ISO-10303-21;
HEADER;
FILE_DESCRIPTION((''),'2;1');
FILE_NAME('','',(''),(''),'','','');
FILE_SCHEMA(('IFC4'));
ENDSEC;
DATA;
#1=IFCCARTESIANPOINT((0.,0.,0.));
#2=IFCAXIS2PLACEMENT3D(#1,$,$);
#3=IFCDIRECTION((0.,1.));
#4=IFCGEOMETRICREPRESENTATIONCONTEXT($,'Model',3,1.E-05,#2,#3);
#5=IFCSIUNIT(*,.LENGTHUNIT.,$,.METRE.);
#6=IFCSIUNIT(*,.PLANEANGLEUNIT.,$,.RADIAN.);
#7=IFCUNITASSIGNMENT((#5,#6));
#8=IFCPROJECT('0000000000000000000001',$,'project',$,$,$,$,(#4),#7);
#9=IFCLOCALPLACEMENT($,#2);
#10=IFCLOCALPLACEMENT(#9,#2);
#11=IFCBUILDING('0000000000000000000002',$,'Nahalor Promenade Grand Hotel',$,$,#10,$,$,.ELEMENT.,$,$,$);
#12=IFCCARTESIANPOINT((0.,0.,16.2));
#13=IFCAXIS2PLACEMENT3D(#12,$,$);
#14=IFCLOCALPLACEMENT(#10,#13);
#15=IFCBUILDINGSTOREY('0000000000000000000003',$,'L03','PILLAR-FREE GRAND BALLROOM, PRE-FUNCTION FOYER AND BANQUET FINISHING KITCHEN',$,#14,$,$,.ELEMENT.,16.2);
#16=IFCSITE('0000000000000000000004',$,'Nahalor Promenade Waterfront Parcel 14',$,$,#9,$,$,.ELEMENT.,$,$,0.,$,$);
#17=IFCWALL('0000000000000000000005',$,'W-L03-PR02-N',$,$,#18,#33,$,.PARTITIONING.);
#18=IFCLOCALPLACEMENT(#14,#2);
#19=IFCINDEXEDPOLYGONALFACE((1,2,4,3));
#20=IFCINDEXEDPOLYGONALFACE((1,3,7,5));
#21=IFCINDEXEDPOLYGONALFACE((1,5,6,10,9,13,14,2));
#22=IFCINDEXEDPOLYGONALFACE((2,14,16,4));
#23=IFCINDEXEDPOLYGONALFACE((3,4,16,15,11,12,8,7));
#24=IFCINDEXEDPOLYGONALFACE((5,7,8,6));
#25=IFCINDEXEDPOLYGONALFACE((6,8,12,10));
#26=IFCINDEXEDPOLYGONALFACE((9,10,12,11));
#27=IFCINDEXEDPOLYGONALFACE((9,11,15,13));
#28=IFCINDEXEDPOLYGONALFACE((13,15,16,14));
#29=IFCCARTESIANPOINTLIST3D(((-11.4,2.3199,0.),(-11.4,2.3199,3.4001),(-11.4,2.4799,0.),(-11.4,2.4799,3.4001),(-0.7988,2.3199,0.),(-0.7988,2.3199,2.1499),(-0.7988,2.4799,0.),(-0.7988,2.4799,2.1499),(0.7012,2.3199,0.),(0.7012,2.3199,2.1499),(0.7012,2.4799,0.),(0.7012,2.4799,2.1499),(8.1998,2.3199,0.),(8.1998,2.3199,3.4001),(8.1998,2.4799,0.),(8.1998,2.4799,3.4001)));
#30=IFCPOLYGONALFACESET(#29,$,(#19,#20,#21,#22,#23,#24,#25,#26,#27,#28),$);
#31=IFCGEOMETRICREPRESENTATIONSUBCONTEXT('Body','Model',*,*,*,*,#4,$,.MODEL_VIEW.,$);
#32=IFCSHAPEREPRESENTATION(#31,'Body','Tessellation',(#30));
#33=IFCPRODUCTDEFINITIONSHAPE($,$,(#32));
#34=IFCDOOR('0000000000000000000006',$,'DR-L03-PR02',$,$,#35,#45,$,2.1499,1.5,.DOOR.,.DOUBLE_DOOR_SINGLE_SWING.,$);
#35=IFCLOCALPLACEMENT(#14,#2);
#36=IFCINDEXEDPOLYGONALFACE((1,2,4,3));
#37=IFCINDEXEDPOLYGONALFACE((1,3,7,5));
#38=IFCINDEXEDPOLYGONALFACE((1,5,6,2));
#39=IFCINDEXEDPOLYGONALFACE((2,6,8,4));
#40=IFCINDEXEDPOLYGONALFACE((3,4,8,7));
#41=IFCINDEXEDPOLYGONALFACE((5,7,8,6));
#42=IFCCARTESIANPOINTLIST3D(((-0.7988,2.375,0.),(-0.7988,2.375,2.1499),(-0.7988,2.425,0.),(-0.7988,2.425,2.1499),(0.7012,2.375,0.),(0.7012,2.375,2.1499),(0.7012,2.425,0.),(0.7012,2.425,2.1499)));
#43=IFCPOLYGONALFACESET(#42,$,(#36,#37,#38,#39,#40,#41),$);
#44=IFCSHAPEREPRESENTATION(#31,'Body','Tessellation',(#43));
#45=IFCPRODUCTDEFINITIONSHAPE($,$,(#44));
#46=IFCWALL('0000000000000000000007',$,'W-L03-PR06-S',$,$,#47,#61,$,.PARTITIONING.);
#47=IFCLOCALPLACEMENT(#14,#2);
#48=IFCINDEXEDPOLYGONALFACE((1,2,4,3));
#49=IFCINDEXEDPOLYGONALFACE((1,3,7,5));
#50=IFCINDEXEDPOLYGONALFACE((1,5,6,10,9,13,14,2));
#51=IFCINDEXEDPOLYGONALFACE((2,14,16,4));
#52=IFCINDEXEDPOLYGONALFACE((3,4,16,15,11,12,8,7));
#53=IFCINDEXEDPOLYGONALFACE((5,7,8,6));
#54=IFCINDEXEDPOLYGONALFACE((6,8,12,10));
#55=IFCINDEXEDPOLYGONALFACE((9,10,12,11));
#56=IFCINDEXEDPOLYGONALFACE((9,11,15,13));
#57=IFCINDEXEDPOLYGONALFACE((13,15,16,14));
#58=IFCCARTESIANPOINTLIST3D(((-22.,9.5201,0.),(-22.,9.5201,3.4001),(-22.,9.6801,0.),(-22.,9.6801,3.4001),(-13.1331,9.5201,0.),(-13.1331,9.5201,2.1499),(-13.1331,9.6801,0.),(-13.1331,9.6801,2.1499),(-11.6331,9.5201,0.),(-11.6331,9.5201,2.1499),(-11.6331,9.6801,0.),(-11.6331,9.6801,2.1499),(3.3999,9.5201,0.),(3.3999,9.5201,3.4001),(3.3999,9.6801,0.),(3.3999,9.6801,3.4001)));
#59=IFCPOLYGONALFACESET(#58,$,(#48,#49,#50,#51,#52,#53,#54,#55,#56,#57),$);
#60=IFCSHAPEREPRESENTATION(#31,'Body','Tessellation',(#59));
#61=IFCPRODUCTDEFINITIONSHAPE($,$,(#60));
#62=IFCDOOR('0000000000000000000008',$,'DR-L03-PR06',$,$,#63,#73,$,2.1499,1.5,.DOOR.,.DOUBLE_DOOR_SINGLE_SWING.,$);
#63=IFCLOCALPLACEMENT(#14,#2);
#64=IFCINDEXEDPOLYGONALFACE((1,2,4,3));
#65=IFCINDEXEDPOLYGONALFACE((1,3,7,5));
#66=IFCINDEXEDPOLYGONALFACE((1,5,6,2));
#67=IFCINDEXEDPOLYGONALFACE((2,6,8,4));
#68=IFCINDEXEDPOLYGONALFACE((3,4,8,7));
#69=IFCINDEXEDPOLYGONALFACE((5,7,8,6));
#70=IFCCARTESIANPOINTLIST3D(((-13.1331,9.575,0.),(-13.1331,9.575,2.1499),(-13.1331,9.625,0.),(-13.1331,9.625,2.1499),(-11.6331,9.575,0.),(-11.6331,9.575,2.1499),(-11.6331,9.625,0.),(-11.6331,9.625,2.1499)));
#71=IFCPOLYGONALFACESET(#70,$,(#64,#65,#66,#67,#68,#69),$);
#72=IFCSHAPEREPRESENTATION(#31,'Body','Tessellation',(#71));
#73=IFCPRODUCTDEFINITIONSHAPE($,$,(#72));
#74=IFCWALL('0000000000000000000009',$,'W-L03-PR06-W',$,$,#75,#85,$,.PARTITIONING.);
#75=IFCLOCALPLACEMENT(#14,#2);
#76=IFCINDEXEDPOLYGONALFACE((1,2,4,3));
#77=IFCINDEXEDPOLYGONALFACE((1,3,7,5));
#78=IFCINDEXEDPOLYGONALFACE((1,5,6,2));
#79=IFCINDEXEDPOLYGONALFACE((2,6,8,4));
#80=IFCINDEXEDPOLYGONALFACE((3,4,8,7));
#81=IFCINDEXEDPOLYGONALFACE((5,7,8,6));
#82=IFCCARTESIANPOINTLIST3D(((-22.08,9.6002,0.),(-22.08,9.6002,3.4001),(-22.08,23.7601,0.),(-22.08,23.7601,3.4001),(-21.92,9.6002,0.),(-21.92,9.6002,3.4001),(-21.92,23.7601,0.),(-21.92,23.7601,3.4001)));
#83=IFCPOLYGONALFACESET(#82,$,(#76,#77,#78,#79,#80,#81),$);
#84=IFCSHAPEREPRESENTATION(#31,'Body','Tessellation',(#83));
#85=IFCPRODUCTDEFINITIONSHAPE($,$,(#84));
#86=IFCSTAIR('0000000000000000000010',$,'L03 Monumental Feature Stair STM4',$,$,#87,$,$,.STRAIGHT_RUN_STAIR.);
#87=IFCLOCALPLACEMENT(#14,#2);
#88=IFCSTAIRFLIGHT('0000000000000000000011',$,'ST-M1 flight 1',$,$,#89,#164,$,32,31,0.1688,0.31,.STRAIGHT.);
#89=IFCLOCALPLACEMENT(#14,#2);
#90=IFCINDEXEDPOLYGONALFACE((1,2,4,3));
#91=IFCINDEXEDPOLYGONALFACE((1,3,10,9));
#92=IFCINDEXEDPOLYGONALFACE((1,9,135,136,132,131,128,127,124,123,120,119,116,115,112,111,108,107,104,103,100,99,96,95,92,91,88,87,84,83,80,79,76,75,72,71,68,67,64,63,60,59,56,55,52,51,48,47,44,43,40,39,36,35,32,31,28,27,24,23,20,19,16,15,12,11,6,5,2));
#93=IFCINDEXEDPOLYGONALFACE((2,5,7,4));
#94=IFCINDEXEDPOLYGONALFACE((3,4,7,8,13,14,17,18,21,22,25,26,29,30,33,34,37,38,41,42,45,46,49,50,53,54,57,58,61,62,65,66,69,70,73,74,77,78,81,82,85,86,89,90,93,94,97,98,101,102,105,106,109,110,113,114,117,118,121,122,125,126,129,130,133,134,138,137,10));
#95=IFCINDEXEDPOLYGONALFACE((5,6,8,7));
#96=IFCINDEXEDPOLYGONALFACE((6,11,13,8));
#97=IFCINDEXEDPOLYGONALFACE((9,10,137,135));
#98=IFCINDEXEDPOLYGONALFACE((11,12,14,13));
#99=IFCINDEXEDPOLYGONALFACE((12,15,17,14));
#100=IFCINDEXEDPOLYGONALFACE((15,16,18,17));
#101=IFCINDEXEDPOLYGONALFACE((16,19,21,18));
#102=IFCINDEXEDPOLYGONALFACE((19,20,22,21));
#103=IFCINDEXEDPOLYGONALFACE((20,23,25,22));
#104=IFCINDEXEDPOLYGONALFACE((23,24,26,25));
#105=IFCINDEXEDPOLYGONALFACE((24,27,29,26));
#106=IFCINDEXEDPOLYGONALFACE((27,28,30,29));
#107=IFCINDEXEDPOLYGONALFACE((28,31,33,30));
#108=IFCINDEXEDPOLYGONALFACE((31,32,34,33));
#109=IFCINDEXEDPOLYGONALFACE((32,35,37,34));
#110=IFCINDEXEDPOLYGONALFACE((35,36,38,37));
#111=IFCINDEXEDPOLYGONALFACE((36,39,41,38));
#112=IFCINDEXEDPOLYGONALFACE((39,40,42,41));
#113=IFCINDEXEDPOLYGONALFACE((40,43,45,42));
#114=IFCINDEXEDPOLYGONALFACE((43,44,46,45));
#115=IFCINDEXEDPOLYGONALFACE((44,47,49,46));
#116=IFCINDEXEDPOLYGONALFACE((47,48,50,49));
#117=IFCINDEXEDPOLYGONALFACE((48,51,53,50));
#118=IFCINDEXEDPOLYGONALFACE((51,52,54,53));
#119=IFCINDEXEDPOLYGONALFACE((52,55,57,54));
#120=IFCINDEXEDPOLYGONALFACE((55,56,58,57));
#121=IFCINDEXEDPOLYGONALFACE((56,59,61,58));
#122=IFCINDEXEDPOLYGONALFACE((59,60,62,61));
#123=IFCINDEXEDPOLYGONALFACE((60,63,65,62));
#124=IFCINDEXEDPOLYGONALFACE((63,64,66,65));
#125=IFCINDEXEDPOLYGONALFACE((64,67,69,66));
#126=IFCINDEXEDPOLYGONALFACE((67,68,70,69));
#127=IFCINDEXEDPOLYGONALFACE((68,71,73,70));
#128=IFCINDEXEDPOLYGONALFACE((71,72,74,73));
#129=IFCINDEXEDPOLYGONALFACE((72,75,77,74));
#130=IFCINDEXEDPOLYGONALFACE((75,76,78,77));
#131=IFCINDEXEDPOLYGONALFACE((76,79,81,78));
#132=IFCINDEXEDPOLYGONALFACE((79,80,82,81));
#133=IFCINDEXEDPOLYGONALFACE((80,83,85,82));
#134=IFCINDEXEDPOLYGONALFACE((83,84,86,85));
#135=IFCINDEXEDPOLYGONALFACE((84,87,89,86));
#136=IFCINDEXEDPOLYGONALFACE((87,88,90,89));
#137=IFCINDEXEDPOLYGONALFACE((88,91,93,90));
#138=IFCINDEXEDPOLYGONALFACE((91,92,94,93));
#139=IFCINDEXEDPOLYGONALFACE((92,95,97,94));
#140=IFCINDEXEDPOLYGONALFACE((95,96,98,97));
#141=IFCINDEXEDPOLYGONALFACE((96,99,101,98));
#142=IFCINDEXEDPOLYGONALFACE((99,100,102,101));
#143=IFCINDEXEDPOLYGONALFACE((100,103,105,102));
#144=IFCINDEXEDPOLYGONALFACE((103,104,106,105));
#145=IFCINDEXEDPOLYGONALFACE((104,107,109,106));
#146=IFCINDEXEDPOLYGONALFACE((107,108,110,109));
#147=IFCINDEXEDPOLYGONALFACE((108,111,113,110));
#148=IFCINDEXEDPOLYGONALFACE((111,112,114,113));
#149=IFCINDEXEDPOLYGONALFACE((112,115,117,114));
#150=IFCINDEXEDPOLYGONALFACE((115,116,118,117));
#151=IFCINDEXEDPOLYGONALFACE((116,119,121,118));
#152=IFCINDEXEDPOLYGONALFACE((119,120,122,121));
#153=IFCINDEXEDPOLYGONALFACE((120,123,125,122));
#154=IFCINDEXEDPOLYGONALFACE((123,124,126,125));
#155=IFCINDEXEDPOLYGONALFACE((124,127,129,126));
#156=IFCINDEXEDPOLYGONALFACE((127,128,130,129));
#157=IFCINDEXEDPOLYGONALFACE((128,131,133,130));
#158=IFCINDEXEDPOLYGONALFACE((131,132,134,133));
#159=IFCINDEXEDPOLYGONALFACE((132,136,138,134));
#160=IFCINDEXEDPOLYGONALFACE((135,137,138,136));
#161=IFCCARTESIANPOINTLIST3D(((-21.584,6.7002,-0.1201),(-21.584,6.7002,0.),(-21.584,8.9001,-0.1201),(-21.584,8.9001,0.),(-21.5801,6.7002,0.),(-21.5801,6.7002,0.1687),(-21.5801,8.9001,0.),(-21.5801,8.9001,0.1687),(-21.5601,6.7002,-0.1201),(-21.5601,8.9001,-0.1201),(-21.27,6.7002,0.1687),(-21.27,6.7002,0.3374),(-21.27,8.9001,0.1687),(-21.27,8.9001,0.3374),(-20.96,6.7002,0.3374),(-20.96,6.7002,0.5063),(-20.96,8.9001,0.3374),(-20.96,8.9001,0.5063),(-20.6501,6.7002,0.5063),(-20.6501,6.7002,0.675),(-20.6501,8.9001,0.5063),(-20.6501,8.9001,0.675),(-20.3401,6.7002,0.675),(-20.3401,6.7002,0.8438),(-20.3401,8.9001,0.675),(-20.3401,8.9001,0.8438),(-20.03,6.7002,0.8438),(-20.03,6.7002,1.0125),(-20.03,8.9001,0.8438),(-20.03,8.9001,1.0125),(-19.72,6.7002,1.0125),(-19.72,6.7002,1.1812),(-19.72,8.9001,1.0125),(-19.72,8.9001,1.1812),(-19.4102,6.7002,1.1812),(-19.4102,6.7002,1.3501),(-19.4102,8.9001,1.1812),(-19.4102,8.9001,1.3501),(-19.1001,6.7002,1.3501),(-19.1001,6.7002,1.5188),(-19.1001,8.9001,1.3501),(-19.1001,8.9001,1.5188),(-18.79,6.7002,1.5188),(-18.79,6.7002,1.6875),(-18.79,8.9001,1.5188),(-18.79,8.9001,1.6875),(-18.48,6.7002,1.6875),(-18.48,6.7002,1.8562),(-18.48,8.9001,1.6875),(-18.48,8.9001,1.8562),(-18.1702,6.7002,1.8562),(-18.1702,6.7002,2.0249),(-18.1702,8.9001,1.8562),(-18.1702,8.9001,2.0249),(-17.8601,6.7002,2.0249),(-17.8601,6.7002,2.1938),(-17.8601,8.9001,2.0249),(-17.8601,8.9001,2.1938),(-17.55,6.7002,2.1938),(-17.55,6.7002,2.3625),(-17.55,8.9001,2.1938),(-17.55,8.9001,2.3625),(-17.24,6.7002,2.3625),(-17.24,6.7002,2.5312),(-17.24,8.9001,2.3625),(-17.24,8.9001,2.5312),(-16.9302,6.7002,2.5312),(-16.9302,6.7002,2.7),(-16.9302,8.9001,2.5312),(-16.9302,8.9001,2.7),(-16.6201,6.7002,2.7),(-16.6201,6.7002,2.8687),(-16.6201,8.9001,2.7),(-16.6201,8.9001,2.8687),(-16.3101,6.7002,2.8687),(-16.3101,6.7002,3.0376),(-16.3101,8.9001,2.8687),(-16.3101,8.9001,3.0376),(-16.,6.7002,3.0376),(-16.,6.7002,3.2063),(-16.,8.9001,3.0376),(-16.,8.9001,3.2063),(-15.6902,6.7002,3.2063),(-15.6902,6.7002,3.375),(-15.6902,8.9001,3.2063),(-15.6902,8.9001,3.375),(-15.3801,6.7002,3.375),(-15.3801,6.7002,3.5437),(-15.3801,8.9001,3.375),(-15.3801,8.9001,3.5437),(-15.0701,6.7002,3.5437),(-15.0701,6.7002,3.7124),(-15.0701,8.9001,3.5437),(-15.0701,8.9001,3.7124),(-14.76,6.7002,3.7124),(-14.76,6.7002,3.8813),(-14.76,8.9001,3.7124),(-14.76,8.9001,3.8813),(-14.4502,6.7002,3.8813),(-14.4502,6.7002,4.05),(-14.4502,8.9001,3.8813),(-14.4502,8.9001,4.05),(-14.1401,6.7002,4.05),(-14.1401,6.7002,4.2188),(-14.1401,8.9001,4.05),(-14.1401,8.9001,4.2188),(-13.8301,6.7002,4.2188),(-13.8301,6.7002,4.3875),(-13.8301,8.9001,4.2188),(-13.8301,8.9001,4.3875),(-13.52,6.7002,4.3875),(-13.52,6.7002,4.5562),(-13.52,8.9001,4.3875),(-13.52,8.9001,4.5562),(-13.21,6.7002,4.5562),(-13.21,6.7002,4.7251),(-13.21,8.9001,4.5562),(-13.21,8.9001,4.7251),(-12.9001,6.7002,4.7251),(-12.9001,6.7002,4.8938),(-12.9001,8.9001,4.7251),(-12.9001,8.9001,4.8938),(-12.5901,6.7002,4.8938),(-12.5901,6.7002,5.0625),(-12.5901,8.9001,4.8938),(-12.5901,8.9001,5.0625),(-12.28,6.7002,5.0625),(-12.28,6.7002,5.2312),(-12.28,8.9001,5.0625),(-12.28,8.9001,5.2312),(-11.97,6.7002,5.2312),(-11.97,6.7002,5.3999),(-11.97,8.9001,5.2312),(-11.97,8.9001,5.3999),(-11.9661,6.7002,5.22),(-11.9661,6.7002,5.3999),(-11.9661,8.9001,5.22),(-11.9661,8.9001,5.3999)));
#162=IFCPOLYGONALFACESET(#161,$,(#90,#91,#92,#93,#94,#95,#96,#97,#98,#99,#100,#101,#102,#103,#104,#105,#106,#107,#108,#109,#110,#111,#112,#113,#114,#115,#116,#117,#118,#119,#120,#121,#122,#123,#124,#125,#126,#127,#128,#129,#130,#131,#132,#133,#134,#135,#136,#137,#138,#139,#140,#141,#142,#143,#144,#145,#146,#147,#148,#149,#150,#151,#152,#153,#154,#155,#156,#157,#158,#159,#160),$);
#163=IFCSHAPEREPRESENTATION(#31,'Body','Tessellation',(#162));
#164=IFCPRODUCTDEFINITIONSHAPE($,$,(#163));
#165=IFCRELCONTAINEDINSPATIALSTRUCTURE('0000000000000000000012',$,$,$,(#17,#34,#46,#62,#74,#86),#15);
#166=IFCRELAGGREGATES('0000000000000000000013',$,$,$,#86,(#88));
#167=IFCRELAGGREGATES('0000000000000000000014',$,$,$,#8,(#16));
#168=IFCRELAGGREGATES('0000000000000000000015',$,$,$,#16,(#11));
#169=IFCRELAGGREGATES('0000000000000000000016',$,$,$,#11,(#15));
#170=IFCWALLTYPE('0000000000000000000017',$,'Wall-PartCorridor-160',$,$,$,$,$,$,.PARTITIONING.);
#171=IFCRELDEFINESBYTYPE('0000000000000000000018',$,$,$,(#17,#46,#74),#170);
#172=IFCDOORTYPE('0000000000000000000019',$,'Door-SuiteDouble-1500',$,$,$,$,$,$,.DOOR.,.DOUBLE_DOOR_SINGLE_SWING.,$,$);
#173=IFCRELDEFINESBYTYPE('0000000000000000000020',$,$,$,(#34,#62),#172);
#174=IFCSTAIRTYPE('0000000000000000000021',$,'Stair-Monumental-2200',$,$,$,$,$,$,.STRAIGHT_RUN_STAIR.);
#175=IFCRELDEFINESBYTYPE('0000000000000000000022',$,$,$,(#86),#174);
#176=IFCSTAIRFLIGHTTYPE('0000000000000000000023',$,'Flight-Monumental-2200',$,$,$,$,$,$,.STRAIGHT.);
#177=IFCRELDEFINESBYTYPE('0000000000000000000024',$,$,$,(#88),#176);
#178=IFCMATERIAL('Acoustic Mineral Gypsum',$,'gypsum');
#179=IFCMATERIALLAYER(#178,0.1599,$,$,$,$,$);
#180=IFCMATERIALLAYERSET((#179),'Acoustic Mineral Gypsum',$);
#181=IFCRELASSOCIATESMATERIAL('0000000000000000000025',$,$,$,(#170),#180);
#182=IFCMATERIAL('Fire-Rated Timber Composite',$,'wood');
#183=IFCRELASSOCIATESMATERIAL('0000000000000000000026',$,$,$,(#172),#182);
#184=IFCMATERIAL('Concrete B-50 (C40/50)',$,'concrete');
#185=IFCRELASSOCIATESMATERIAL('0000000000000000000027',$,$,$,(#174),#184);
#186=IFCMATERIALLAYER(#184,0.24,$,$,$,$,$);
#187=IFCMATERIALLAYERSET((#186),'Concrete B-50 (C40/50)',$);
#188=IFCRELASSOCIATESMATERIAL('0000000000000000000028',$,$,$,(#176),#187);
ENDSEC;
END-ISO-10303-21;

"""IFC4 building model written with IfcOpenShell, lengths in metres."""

from ifc_helpers import new_model, si_unit, direction, frame, frame_2d, origin, place, context, subcontext, project, spatial, polyline, rectangle, outline, extrude, source, transform, mapped, material, layer, layer_set, type_object, element, fill, aggregate, save


model = new_model("IFC4")

# Units and contexts
model_context = context("Model", 3, precision=1e-05, world=origin(), true_north=direction((0.0, 1.0)))
body_context = subcontext(model_context, "Body", "Model", "MODEL_VIEW")
ifc_project = project(units=[si_unit("LENGTHUNIT", "METRE"), si_unit("PLANEANGLEUNIT", "RADIAN")], contexts=[model_context])

# Site, building, storey
site_placement = place(None, origin())
site = spatial("IfcSite", under=ifc_project, at=site_placement, Name="Nahalor Promenade Waterfront Parcel 14", CompositionType="ELEMENT", RefElevation=0.0)
building_placement = place(site_placement, origin())
building = spatial("IfcBuilding", under=site, at=building_placement, Name="Nahalor Promenade Grand Hotel", CompositionType="ELEMENT")
storey_placement = place(building_placement, frame((0.0, 0.0, 16.2)))
storey = spatial("IfcBuildingStorey", under=building, at=storey_placement, Name="L03", Description="PILLAR-FREE GRAND BALLROOM, PRE-FUNCTION FOYER AND BANQUET FINISHING KITCHEN", CompositionType="ELEMENT", Elevation=16.2)

# Shared definitions
ifc_material_1 = material(Name="Acoustic Mineral Gypsum", Category="gypsum")
ifc_layer_1 = layer(ifc_material_1, 0.1599)
ifc_layer_set_1 = layer_set([ifc_layer_1], Name="Acoustic Mineral Gypsum")
wall_type = type_object("IfcWallType", Name="Wall-PartCorridor-160", PredefinedType="PARTITIONING", material=ifc_layer_set_1)
ifc_material_2 = material(Name="Fire-Rated Timber Composite", Category="wood")
door_type = type_object("IfcDoorType", Name="Door-SuiteDouble-1500", OperationType="DOUBLE_DOOR_SINGLE_SWING", PredefinedType="DOOR", material=ifc_material_2)
shared_shape_1 = source(origin(), body_context, "Body", "SweptSolid", [
    extrude(rectangle(XDim=1.5, YDim=2.1499, at=frame_2d((0.75, 1.075))), frame((0.0, 0.0249, 0.0), z_axis=(0.0, -1.0, 0.0), x_axis=(1.0, 0.0, 0.0)), (0.0, 0.0, 1.0), 0.05),
])

# Shared definitions
shared_shape_2 = source(origin(), body_context, "Body", "SweptSolid", [
    extrude(rectangle(XDim=19.5999, YDim=0.1599, at=frame_2d((9.7998, 0.0))), origin(), (0.0, 0.0, 1.0), 3.4001),
])

# Walls, openings, doors
wall_1_placement = place(storey_placement, frame((-11.3999, 2.3999, 0.0), z_axis=(0.0, 0.0, 1.0), x_axis=(1.0, 0.0, 0.0)))
wall_1 = element("IfcWall", 1, at=wall_1_placement, inside=storey, type_object=wall_type, Name="W-L03-PR02-N", PredefinedType="PARTITIONING", context=body_context, shape_type="MappedRepresentation", body=[
    mapped(shared_shape_2, transform((0.0, 0.0, 0.0), scale=1.0)),
])
opening_1_placement = place(wall_1_placement, frame((10.6011, 0.0, 0.0)))
opening_1 = element("IfcOpeningElement", 2, at=opening_1_placement, cuts=wall_1, PredefinedType="OPENING", context=body_context, shape_type="SweptSolid", body=[
    extrude(rectangle(XDim=1.5, YDim=2.1499, at=frame_2d((0.75, 1.075))), frame((0.0, 0.0898, 0.0), z_axis=(0.0, -1.0, 0.0), x_axis=(1.0, 0.0, 0.0)), (0.0, 0.0, 1.0), 0.1799),
])
door_1_placement = place(opening_1_placement, frame((1.5, 0.0, 0.0), z_axis=(0.0, 0.0, 1.0), x_axis=(-1.0, 0.0, 0.0)))
door_1 = element("IfcDoor", 3, at=door_1_placement, inside=storey, type_object=door_type, Name="DR-L03-PR02", OperationType="DOUBLE_DOOR_SINGLE_SWING", OverallHeight=2.1499, OverallWidth=1.5, PredefinedType="DOOR", context=body_context, shape_type="MappedRepresentation", body=[
    mapped(shared_shape_1, transform((0.0, 0.0, 0.0), scale=1.0)),
])
fill(opening_1, door_1)
shared_shape_3 = source(origin(), body_context, "Body", "SweptSolid", [
    extrude(rectangle(XDim=25.3999, YDim=0.1599, at=frame_2d((12.7, 0.0))), origin(), (0.0, 0.0, 1.0), 3.4001),
])
wall_2_placement = place(storey_placement, frame((-22.0, 9.6001, 0.0), z_axis=(0.0, 0.0, 1.0), x_axis=(1.0, 0.0, 0.0)))
wall_2 = element("IfcWall", 4, at=wall_2_placement, inside=storey, type_object=wall_type, Name="W-L03-PR06-S", PredefinedType="PARTITIONING", context=body_context, shape_type="MappedRepresentation", body=[
    mapped(shared_shape_3, transform((0.0, 0.0, 0.0), scale=1.0)),
])
opening_2_placement = place(wall_2_placement, frame((8.8669, 0.0, 0.0)))
opening_2 = element("IfcOpeningElement", 5, at=opening_2_placement, cuts=wall_2, PredefinedType="OPENING", context=body_context, shape_type="SweptSolid", body=[
    extrude(rectangle(XDim=1.5, YDim=2.1499, at=frame_2d((0.75, 1.075))), frame((0.0, 0.0898, 0.0), z_axis=(0.0, -1.0, 0.0), x_axis=(1.0, 0.0, 0.0)), (0.0, 0.0, 1.0), 0.1799),
])
door_2_placement = place(opening_2_placement, origin())
door_2 = element("IfcDoor", 6, at=door_2_placement, inside=storey, type_object=door_type, Name="DR-L03-PR06", OperationType="DOUBLE_DOOR_SINGLE_SWING", OverallHeight=2.1499, OverallWidth=1.5, PredefinedType="DOOR", context=body_context, shape_type="MappedRepresentation", body=[
    mapped(shared_shape_1, transform((0.0, 0.0, 0.0), scale=1.0)),
])
fill(opening_2, door_2)

# Wall
shared_shape_4 = source(origin(), body_context, "Body", "SweptSolid", [
    extrude(rectangle(XDim=14.1599, YDim=0.1599, at=frame_2d((7.0801, 0.0))), origin(), (0.0, 0.0, 1.0), 3.4001),
])
wall_3_placement = place(storey_placement, frame((-22.0, 9.6001, 0.0), z_axis=(0.0, 0.0, 1.0), x_axis=(0.0, 1.0, 0.0)))
element("IfcWall", 7, at=wall_3_placement, inside=storey, type_object=wall_type, Name="W-L03-PR06-W", PredefinedType="PARTITIONING", context=body_context, shape_type="MappedRepresentation", body=[
    mapped(shared_shape_4, transform((0.0, 0.0, 0.0), scale=1.0)),
])

# Stair, stair flight
ifc_material_3 = material(Name="Concrete B-50 (C40/50)", Category="concrete")
stair_type = type_object("IfcStairType", Name="Stair-Monumental-2200", PredefinedType="STRAIGHT_RUN_STAIR", material=ifc_material_3)
stair_1_placement = place(storey_placement, origin())
stair_1 = element("IfcStair", 8, at=stair_1_placement, inside=storey, type_object=stair_type, Name="L03 Monumental Feature Stair STM4", PredefinedType="STRAIGHT_RUN_STAIR")
ifc_layer_2 = layer(ifc_material_3, 0.24)
ifc_layer_set_2 = layer_set([ifc_layer_2], Name="Concrete B-50 (C40/50)")
stair_flight_type = type_object("IfcStairFlightType", Name="Flight-Monumental-2200", PredefinedType="STRAIGHT", material=ifc_layer_set_2)
shared_shape_5 = source(origin(), body_context, "Body", "SweptSolid", [
    extrude(outline(polyline([(-0.0039, -0.1201), (-0.0039, 0.0), (0.0, 0.0), (0.0, 0.1687), (0.3101, 0.1687), (0.3101, 0.3374), (0.6201, 0.3374), (0.6201, 0.5063), (0.9299, 0.5063), (0.9299, 0.675), (1.24, 0.675), (1.24, 0.8438), (1.55, 0.8438), (1.55, 1.0125), (1.8601, 1.0125), (1.8601, 1.1812), (2.1699, 1.1812), (2.1699, 1.3501), (2.48, 1.3501), (2.48, 1.5188), (2.79, 1.5188), (2.79, 1.6875), (3.1001, 1.6875), (3.1001, 1.8562), (3.4099, 1.8562), (3.4099, 2.0249), (3.72, 2.0249), (3.72, 2.1938), (4.03, 2.1938), (4.03, 2.3625), (4.3401, 2.3625), (4.3401, 2.5312), (4.6499, 2.5312), (4.6499, 2.7), (4.96, 2.7), (4.96, 2.8687), (5.27, 2.8687), (5.27, 3.0376), (5.5801, 3.0376), (5.5801, 3.2063), (5.8899, 3.2063), (5.8899, 3.375), (6.2, 3.375), (6.2, 3.5437), (6.51, 3.5437), (6.51, 3.7124), (6.8201, 3.7124), (6.8201, 3.8813), (7.1299, 3.8813), (7.1299, 4.05), (7.4399, 4.05), (7.4399, 4.2188), (7.75, 4.2188), (7.75, 4.3875), (8.0601, 4.3875), (8.0601, 4.5562), (8.3701, 4.5562), (8.3701, 4.7251), (8.6799, 4.7251), (8.6799, 4.8938), (8.99, 4.8938), (8.99, 5.0625), (9.3, 5.0625), (9.3, 5.2312), (9.6101, 5.2312), (9.6101, 5.3999), (9.614, 5.3999), (9.614, 5.22), (0.02, -0.1201), (-0.0039, -0.1201)])), frame((0.0, 1.1001, 0.0), z_axis=(0.0, -1.0, 0.0), x_axis=(1.0, 0.0, 0.0)), (0.0, 0.0, 1.0), 2.2),
])
stair_flight_1_placement = place(storey_placement, frame((-21.5801, 7.8, 0.0), z_axis=(0.0, 0.0, 1.0), x_axis=(1.0, 0.0, 0.0)))
stair_flight_1 = element("IfcStairFlight", 9, at=stair_flight_1_placement, type_object=stair_flight_type, Name="ST-M1 flight 1", NumberOfRisers=32, NumberOfTreads=31, PredefinedType="STRAIGHT", RiserHeight=0.1688, TreadLength=0.31, context=body_context, shape_type="MappedRepresentation", body=[
    mapped(shared_shape_5, transform((0.0, 0.0, 0.0), scale=1.0)),
])
aggregate(stair_1, [stair_flight_1])

save(model, "model.ifc")
